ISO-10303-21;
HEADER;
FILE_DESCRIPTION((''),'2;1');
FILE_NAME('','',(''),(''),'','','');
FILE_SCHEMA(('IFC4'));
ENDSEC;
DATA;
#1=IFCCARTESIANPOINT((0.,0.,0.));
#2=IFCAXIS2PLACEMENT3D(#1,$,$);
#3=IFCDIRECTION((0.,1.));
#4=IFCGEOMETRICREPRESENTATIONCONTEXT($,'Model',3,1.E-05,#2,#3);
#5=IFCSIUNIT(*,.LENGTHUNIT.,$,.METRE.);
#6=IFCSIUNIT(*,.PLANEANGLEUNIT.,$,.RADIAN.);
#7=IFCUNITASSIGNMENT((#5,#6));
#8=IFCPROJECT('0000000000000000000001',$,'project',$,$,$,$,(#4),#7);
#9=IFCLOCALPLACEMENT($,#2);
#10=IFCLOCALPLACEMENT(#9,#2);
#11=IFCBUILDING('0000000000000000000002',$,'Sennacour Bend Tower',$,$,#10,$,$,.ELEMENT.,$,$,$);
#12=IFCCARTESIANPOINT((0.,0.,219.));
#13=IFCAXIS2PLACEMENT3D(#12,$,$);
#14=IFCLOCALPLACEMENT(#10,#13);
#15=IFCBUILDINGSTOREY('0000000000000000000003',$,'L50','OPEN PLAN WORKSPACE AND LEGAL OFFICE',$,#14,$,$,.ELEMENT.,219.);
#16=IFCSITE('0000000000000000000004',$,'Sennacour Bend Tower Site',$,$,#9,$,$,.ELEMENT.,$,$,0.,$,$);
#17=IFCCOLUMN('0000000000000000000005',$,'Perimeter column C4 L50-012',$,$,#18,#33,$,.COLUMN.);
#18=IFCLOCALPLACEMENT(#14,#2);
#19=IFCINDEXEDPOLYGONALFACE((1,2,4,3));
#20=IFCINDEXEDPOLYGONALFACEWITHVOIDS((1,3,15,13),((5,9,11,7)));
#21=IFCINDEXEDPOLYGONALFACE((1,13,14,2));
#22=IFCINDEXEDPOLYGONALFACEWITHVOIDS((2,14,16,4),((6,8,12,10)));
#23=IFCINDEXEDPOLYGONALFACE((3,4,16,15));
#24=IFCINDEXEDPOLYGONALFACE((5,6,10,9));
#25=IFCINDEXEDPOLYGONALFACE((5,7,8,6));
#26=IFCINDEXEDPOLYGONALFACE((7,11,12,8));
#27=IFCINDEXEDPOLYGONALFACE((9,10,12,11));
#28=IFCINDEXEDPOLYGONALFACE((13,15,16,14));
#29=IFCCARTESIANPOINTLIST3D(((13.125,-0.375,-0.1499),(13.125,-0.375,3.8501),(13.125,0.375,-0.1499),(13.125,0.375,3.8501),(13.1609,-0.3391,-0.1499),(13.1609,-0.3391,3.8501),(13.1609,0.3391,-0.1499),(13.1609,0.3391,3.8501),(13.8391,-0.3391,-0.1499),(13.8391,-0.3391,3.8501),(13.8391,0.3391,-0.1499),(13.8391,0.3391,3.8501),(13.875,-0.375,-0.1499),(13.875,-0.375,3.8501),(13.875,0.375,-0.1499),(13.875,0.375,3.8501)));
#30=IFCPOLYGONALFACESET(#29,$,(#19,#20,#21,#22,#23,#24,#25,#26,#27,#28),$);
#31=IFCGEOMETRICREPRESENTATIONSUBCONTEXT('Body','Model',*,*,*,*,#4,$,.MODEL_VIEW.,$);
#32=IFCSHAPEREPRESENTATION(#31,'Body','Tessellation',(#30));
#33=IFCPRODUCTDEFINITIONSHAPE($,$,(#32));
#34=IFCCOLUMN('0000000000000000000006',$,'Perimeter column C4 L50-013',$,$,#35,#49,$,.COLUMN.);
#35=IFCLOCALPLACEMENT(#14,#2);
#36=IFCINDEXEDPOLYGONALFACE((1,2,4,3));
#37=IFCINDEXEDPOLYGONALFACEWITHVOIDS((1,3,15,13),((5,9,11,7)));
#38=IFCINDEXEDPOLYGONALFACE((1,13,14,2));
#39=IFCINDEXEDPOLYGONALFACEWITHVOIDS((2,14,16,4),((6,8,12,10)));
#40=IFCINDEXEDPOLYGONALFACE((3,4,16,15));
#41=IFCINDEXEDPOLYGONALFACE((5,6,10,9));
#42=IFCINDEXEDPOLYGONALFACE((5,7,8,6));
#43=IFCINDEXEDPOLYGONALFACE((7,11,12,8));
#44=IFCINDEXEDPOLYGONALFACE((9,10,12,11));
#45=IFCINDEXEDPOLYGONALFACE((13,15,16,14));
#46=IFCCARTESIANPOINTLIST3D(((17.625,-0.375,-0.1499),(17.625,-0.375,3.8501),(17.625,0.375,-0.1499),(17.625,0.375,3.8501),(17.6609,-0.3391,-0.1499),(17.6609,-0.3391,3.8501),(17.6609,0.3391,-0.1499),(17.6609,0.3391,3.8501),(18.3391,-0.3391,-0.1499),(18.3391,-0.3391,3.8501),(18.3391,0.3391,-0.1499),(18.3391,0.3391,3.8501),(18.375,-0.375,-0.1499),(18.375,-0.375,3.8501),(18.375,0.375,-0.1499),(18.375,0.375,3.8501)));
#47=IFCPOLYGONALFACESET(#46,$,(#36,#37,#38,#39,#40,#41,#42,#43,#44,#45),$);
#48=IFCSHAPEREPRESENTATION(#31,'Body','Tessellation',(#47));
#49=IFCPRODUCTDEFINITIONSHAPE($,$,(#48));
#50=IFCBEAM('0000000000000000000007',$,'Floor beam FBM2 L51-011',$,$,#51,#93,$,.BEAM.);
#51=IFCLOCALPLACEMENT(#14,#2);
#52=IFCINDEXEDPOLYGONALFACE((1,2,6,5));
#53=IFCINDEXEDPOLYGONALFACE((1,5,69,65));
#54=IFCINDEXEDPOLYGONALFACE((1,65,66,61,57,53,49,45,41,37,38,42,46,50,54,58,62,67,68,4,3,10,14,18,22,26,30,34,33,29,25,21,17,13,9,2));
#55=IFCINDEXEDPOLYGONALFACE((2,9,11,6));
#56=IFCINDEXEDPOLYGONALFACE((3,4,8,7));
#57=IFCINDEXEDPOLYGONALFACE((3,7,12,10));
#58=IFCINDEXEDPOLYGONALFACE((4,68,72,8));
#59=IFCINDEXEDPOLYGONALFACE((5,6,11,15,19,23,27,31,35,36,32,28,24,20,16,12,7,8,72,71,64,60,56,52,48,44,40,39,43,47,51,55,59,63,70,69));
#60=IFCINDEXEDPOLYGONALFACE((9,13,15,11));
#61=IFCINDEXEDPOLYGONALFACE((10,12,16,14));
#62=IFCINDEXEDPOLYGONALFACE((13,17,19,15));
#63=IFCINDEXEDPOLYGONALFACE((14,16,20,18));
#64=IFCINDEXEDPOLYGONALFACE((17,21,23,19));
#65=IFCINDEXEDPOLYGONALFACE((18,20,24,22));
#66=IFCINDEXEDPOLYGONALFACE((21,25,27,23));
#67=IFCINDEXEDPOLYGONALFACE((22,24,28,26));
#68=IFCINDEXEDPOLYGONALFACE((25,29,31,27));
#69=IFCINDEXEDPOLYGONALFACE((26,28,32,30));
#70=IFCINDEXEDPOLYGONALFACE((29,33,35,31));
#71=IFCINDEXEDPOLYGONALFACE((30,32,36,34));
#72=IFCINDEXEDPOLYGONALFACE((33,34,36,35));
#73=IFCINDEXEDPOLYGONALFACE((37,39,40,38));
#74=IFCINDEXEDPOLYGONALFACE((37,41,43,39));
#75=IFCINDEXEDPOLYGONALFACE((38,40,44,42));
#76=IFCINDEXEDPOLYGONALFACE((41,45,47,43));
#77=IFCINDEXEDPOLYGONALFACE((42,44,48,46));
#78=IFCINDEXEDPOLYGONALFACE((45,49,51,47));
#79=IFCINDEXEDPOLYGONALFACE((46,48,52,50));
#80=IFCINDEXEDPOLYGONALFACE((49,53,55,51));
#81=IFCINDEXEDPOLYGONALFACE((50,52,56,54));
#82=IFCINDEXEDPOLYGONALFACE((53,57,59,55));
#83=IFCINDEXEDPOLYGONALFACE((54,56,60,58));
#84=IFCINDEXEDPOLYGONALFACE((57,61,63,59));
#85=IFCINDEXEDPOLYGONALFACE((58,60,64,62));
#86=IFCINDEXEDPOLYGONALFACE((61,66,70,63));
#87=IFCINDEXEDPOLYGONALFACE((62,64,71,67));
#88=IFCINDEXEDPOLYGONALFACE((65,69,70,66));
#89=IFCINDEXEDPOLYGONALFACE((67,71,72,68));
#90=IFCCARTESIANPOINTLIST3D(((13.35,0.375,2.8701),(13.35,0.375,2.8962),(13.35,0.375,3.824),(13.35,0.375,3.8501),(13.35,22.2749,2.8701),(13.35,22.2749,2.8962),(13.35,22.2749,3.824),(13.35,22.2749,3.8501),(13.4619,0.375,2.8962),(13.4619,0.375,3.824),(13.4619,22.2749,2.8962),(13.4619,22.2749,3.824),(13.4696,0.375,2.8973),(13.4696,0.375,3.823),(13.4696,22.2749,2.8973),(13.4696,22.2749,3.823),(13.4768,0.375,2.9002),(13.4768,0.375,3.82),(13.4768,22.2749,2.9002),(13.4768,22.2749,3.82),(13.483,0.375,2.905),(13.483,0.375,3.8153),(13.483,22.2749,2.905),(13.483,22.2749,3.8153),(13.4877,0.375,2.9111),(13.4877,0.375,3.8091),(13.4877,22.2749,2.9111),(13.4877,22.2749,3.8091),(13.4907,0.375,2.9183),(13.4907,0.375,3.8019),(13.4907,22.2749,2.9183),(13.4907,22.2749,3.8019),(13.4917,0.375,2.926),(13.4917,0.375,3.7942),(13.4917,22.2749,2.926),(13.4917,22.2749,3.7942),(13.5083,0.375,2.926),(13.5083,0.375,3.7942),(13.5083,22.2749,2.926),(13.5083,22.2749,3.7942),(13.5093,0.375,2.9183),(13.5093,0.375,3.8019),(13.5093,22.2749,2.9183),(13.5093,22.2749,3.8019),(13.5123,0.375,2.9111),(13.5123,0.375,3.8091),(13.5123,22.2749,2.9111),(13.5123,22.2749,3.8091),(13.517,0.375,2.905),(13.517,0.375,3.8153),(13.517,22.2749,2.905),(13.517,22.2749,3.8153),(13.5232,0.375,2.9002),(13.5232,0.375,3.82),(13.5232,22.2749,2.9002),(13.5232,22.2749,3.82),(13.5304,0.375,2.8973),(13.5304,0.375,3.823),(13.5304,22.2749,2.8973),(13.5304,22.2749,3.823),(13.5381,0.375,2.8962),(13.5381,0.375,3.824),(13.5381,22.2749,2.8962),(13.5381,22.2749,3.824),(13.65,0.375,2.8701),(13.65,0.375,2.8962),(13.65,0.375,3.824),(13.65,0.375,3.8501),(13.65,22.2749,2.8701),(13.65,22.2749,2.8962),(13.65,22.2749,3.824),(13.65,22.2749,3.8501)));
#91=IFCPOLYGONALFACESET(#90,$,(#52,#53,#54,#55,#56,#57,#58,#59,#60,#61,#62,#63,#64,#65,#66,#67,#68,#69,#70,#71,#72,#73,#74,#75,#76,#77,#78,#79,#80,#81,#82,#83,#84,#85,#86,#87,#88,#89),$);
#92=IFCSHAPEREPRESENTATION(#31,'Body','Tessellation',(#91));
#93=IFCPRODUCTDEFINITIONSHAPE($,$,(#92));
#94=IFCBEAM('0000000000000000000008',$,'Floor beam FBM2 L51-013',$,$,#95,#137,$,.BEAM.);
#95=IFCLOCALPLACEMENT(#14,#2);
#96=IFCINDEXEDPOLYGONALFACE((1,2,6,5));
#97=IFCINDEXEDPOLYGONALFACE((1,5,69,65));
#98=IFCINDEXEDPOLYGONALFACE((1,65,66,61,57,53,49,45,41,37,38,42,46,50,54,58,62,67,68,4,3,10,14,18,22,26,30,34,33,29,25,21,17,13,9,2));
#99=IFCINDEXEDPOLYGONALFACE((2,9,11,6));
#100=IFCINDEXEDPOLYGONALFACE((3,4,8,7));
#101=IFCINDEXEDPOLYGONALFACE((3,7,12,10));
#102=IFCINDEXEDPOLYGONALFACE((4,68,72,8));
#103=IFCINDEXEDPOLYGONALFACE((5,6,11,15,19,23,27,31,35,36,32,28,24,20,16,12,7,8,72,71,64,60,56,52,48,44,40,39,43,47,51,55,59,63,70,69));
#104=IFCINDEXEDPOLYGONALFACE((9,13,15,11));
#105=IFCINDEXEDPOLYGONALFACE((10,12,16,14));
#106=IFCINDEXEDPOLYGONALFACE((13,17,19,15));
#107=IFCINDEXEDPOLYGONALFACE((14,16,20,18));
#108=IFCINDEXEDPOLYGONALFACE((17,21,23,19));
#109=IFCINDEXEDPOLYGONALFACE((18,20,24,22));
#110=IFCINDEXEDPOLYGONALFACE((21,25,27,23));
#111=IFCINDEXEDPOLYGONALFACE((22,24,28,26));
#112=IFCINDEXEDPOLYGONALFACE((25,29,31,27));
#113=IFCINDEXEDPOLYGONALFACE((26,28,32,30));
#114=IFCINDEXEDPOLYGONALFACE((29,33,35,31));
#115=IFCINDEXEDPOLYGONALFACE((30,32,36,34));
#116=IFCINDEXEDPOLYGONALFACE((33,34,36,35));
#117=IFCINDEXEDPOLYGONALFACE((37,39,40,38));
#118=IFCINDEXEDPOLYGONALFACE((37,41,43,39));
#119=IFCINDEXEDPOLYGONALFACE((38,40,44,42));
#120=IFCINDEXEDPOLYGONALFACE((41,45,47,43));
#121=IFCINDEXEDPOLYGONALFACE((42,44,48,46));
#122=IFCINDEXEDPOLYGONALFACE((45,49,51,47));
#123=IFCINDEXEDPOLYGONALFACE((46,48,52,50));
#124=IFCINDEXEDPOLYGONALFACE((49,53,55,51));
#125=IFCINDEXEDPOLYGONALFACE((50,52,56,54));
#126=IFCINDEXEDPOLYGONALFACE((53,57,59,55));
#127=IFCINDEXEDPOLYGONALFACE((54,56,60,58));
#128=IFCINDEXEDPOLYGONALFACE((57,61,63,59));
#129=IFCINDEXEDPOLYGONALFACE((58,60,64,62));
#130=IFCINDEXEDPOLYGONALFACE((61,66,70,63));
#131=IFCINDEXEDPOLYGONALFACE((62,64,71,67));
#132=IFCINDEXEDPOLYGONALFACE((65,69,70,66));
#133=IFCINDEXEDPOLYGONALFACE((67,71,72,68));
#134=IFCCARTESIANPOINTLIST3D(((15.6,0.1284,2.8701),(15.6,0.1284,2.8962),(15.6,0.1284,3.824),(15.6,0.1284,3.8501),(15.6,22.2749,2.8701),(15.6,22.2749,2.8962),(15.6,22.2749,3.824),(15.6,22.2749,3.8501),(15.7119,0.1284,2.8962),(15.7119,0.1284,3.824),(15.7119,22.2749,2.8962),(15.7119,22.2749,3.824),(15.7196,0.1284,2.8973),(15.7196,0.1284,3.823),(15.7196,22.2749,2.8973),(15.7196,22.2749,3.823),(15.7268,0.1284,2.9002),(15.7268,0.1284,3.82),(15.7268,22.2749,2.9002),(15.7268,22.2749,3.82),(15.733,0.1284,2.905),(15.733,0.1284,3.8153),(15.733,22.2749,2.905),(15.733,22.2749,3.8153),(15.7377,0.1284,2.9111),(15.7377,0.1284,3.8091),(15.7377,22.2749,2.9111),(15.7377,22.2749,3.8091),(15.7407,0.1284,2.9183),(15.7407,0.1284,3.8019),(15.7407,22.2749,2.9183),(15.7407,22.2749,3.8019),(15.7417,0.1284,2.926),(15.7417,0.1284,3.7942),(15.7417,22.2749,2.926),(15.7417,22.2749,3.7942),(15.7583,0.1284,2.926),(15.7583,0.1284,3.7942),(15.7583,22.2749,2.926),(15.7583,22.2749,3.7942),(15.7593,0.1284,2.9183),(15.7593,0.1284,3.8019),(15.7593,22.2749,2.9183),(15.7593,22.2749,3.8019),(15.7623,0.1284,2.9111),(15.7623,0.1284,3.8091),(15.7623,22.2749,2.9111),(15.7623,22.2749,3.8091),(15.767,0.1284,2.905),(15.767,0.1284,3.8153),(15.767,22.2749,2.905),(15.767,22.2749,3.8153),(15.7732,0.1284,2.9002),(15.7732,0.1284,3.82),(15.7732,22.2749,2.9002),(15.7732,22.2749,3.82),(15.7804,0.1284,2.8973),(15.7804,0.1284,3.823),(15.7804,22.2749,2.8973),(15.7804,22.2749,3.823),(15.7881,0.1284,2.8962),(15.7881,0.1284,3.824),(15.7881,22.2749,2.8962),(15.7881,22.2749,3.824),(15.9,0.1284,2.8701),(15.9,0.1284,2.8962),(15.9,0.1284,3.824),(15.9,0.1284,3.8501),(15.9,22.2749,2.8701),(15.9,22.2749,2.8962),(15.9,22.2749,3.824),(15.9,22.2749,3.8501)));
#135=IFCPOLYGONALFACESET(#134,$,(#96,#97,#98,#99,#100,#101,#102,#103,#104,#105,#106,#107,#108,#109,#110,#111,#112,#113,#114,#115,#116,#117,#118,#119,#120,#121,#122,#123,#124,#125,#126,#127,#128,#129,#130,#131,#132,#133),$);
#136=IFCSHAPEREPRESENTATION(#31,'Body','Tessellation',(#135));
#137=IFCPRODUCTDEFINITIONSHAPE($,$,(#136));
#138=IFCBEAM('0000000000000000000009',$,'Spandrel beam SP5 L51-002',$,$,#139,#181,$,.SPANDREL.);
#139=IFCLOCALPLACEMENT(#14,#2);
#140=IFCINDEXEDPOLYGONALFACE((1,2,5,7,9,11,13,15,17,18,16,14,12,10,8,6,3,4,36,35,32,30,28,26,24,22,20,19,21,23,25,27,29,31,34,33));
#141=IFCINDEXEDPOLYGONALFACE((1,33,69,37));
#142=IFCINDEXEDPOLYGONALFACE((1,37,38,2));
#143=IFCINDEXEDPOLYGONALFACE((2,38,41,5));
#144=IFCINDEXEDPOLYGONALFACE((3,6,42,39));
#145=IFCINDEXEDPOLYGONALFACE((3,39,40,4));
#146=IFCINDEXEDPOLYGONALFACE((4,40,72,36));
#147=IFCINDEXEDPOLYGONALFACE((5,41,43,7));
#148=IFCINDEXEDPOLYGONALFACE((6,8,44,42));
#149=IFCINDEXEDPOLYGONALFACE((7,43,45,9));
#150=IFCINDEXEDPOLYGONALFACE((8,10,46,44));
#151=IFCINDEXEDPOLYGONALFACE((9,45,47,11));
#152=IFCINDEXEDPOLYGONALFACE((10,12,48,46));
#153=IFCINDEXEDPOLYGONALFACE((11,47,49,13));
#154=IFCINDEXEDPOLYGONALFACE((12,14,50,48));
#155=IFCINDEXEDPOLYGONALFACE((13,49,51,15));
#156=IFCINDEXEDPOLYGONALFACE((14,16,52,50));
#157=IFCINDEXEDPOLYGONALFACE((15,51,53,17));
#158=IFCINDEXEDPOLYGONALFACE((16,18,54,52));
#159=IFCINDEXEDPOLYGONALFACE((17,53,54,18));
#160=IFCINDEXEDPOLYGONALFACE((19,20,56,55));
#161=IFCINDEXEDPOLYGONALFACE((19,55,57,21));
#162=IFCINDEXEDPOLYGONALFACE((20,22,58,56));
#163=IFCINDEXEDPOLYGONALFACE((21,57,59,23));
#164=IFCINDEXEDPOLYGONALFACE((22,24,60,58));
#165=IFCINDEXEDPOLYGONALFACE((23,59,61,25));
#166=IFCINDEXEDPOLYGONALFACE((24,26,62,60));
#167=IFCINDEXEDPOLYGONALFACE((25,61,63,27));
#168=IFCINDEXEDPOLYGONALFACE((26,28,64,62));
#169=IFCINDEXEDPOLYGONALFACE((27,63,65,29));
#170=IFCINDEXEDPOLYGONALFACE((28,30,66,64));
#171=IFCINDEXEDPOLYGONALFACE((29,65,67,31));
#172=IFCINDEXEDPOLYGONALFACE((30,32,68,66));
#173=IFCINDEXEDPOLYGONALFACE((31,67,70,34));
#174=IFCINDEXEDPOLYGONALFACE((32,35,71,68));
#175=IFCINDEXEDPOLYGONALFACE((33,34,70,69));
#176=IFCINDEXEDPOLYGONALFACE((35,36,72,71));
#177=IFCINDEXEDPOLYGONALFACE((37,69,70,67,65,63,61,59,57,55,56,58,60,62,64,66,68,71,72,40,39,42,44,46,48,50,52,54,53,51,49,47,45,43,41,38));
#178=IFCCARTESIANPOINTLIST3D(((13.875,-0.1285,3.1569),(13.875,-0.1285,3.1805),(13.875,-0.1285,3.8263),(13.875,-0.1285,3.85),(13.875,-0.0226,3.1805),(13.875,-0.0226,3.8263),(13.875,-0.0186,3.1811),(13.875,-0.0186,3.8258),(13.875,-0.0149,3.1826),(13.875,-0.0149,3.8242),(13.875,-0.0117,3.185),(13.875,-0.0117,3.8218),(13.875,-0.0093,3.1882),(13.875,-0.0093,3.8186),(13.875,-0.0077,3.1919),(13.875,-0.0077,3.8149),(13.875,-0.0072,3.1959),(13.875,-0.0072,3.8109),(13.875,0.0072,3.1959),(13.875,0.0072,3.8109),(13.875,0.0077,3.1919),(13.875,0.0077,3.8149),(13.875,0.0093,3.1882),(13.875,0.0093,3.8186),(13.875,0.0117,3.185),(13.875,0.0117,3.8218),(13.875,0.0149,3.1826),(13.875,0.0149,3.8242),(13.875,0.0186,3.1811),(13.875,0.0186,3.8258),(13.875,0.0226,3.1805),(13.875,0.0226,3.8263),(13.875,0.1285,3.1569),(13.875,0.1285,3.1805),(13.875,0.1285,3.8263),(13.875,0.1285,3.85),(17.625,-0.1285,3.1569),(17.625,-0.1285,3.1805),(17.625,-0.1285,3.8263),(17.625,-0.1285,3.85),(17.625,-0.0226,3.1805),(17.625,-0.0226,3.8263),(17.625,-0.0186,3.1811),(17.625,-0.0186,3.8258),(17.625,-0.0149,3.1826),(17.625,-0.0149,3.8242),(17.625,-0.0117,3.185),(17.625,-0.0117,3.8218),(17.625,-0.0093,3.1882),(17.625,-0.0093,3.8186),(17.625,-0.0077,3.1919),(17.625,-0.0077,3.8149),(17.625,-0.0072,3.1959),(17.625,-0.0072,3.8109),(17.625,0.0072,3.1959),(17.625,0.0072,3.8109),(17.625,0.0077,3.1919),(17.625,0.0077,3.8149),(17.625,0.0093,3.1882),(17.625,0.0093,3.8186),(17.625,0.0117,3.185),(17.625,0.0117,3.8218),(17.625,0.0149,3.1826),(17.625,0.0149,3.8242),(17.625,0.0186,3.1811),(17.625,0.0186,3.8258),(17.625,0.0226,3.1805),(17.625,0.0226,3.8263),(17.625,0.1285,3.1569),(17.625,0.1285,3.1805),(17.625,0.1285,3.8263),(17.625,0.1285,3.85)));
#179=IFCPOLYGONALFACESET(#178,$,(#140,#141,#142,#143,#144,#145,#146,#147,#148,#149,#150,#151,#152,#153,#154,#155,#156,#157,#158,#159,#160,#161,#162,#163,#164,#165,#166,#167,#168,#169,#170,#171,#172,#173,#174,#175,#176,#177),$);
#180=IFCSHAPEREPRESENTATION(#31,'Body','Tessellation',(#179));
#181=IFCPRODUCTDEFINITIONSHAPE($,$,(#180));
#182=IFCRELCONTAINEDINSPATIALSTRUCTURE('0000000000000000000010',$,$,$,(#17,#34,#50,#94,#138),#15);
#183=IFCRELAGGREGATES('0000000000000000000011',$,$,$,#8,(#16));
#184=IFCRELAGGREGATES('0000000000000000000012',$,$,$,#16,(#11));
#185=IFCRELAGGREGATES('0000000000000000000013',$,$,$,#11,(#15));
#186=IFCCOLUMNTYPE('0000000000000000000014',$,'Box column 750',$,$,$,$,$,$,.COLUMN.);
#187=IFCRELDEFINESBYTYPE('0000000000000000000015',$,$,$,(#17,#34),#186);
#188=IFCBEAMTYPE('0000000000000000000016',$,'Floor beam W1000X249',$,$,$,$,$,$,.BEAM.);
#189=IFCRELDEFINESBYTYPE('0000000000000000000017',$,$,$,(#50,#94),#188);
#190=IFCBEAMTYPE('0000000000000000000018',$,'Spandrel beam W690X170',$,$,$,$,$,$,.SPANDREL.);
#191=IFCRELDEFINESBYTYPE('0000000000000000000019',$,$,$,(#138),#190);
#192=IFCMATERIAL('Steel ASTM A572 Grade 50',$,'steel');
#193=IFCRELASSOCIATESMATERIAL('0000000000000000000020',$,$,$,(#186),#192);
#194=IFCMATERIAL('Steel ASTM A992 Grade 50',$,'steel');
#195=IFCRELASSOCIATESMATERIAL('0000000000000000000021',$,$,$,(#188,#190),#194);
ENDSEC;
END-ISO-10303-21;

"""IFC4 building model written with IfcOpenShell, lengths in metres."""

from ifc_helpers import new_model, si_unit, direction, frame, origin, origin_2d, place, context, subcontext, project, spatial, hollow_rectangle, i_section, extrude, material, material_profile, profile_set, type_object, element, save


model = new_model("IFC4")

# Units and contexts
model_context = context("Model", 3, precision=1e-05, world=origin(), true_north=direction((0.0, 1.0)))
body_context = subcontext(model_context, "Body", "Model", "MODEL_VIEW")
ifc_project = project(units=[si_unit("LENGTHUNIT", "METRE"), si_unit("PLANEANGLEUNIT", "RADIAN")], contexts=[model_context])

# Site, building, storey
site_placement = place(None, origin())
site = spatial("IfcSite", under=ifc_project, at=site_placement, Name="Sennacour Bend Tower Site", CompositionType="ELEMENT", RefElevation=0.0)
building_placement = place(site_placement, origin())
building = spatial("IfcBuilding", under=site, at=building_placement, Name="Sennacour Bend Tower", CompositionType="ELEMENT")
storey_placement = place(building_placement, frame((0.0, 0.0, 219.0)))
storey = spatial("IfcBuildingStorey", under=building, at=storey_placement, Name="L50", Description="OPEN PLAN WORKSPACE AND LEGAL OFFICE", CompositionType="ELEMENT", Elevation=219.0)

# Columns
ifc_material_1 = material(Name="Steel ASTM A572 Grade 50", Category="steel")
ifc_material_profile_1 = material_profile(ifc_material_1, hollow_rectangle(XDim=0.75, YDim=0.75, WallThickness=0.0359, at=origin_2d()), Name="Steel ASTM A572 Grade 50", Category="steel")
ifc_profile_set_1 = profile_set([ifc_material_profile_1], Name="Steel ASTM A572 Grade 50")
column_type = type_object("IfcColumnType", Name="Box column 750", PredefinedType="COLUMN", material=ifc_profile_set_1)
for number, where, z_axis, x_axis, name in (
    (1, (13.5, 0.0, -0.1499), (0.0, 0.0, 1.0), (1.0, 0.0, 0.0), "Perimeter column C4 L50-012"),
    (2, (18.0, 0.0, -0.1499), (0.0, 0.0, 1.0), (1.0, 0.0, 0.0), "Perimeter column C4 L50-013"),
):
    element("IfcColumn", number, at=place(storey_placement, frame(where, z_axis=z_axis, x_axis=x_axis)), inside=storey, type_object=column_type, Name=name, PredefinedType="COLUMN", context=body_context, shape_type="SweptSolid", body=[
        extrude(hollow_rectangle(XDim=0.75, YDim=0.75, WallThickness=0.0359, at=origin_2d()), origin(), (0.0, 0.0, 1.0), 4.0),
    ])

# Beams
ifc_material_2 = material(Name="Steel ASTM A992 Grade 50", Category="steel")
ifc_material_profile_2 = material_profile(ifc_material_2, i_section(OverallWidth=0.3, OverallDepth=0.98, WebThickness=0.0166, FlangeThickness=0.0261, FilletRadius=0.0298, at=origin_2d()), Name="Steel ASTM A992 Grade 50", Category="steel")
ifc_profile_set_2 = profile_set([ifc_material_profile_2], Name="Steel ASTM A992 Grade 50")
beam_type_1 = type_object("IfcBeamType", Name="Floor beam W1000X249", PredefinedType="BEAM", material=ifc_profile_set_2)
beam_1_placement = place(storey_placement, frame((13.5, 0.375, 3.3601), z_axis=(0.0, 1.0, 0.0), x_axis=(-1.0, 0.0, 0.0)))
element("IfcBeam", 3, at=beam_1_placement, inside=storey, type_object=beam_type_1, Name="Floor beam FBM2 L51-011", PredefinedType="BEAM", context=body_context, shape_type="SweptSolid", body=[
    extrude(i_section(OverallWidth=0.3, OverallDepth=0.98, WebThickness=0.0166, FlangeThickness=0.0261, FilletRadius=0.0298, at=origin_2d()), origin(), (0.0, 0.0, 1.0), 21.8999),
])
beam_2_placement = place(storey_placement, frame((15.75, 0.1284, 3.3601), z_axis=(0.0, 1.0, 0.0), x_axis=(-1.0, 0.0, 0.0)))
element("IfcBeam", 4, at=beam_2_placement, inside=storey, type_object=beam_type_1, Name="Floor beam FBM2 L51-013", PredefinedType="BEAM", context=body_context, shape_type="SweptSolid", body=[
    extrude(i_section(OverallWidth=0.3, OverallDepth=0.98, WebThickness=0.0166, FlangeThickness=0.0261, FilletRadius=0.0298, at=origin_2d()), origin(), (0.0, 0.0, 1.0), 22.1465),
])
ifc_material_profile_3 = material_profile(ifc_material_2, i_section(OverallWidth=0.2571, OverallDepth=0.6931, WebThickness=0.0144, FlangeThickness=0.0237, FilletRadius=0.0154, at=origin_2d()), Name="Steel ASTM A992 Grade 50", Category="steel")
ifc_profile_set_3 = profile_set([ifc_material_profile_3], Name="Steel ASTM A992 Grade 50")
beam_type_2 = type_object("IfcBeamType", Name="Spandrel beam W690X170", PredefinedType="SPANDREL", material=ifc_profile_set_3)
for number, where, z_axis, x_axis, name in (
    (5, (17.625, 0.0, 3.5034), (-1.0, 0.0, 0.0), (0.0, -1.0, 0.0), "Spandrel beam SP5 L51-002"),
):
    element("IfcBeam", number, at=place(storey_placement, frame(where, z_axis=z_axis, x_axis=x_axis)), inside=storey, type_object=beam_type_2, Name=name, PredefinedType="SPANDREL", context=body_context, shape_type="SweptSolid", body=[
        extrude(i_section(OverallWidth=0.2571, OverallDepth=0.6931, WebThickness=0.0144, FlangeThickness=0.0237, FilletRadius=0.0154, at=origin_2d()), origin(), (0.0, 0.0, 1.0), 3.75),
    ])

save(model, "model.ifc")
